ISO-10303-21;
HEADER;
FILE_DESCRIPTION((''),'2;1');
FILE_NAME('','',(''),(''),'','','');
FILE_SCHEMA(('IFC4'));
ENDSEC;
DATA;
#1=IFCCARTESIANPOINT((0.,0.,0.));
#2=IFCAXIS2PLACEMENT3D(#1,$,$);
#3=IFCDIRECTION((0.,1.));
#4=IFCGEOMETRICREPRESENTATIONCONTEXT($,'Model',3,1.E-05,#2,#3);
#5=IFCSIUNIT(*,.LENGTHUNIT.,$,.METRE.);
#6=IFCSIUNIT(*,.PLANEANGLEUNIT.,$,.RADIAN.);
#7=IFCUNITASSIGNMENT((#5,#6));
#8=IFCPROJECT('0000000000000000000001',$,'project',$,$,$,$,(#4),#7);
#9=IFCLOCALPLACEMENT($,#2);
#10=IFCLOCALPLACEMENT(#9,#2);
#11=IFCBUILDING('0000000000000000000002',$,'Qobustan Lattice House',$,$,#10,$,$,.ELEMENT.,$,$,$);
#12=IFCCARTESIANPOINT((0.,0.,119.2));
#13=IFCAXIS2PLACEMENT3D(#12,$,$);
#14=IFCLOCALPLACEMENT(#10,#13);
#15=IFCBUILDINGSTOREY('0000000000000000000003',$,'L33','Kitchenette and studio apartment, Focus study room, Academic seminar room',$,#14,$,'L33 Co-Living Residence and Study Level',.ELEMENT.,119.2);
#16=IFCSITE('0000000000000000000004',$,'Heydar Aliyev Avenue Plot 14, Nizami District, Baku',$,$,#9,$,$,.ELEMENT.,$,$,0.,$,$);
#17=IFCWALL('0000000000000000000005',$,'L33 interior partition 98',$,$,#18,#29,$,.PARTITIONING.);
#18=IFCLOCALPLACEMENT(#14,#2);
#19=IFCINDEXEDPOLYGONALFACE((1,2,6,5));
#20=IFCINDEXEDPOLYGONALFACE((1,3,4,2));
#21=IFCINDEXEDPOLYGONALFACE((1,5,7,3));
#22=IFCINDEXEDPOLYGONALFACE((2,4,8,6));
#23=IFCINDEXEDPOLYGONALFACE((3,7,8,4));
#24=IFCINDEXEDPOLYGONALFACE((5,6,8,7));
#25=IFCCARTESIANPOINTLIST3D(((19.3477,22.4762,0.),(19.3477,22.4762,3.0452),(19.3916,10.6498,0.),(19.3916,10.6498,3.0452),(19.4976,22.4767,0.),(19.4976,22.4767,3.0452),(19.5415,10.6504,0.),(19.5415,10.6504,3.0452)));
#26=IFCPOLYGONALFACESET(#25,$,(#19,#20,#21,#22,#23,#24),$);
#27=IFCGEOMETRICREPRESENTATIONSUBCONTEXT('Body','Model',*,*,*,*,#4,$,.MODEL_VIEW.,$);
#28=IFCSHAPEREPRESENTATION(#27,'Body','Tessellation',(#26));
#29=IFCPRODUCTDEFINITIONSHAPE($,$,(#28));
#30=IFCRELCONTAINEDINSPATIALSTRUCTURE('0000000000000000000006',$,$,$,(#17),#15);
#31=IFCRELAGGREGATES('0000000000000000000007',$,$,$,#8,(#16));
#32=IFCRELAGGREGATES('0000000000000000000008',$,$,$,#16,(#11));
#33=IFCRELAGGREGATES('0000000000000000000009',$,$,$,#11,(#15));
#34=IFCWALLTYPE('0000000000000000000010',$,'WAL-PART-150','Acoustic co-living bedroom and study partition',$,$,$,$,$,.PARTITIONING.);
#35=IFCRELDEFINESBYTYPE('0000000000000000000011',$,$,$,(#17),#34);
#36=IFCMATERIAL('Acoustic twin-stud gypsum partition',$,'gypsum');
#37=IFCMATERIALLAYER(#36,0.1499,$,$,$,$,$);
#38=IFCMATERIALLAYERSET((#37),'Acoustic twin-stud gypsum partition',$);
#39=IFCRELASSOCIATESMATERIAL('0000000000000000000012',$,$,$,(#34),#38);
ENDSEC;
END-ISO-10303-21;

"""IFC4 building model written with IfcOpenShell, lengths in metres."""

from ifc_helpers import new_model, si_unit, direction, frame, frame_2d, origin, place, context, subcontext, project, spatial, rectangle, extrude, material, layer, layer_set, type_object, element, save


model = new_model("IFC4")

# Units and contexts
model_context = context("Model", 3, precision=1e-05, world=origin(), true_north=direction((0.0, 1.0)))
body_context = subcontext(model_context, "Body", "Model", "MODEL_VIEW")
ifc_project = project(units=[si_unit("LENGTHUNIT", "METRE"), si_unit("PLANEANGLEUNIT", "RADIAN")], contexts=[model_context])

# Site, building, storey
site_placement = place(None, origin())
site = spatial("IfcSite", under=ifc_project, at=site_placement, Name="Heydar Aliyev Avenue Plot 14, Nizami District, Baku", CompositionType="ELEMENT", RefElevation=0.0)
building_placement = place(site_placement, origin())
building = spatial("IfcBuilding", under=site, at=building_placement, Name="Qobustan Lattice House", CompositionType="ELEMENT")
storey_placement = place(building_placement, frame((0.0, 0.0, 119.2)))
storey = spatial("IfcBuildingStorey", under=building, at=storey_placement, Name="L33", Description="Kitchenette and studio apartment, Focus study room, Academic seminar room", LongName="L33 Co-Living Residence and Study Level", CompositionType="ELEMENT", Elevation=119.2)

# Wall
ifc_material_1 = material(Name="Acoustic twin-stud gypsum partition", Category="gypsum")
ifc_layer_1 = layer(ifc_material_1, 0.1499)
ifc_layer_set_1 = layer_set([ifc_layer_1], Name="Acoustic twin-stud gypsum partition")
wall_type_1 = type_object("IfcWallType", Name="WAL-PART-150", Description="Acoustic co-living bedroom and study partition", PredefinedType="PARTITIONING", material=ifc_layer_set_1)
wall_1_placement = place(storey_placement, frame((19.4226, 22.4763, 0.0), z_axis=(0.0, 0.0, 1.0), x_axis=(0.003716, -0.999993, 0.0)))
element("IfcWall", 1, at=wall_1_placement, inside=storey, type_object=wall_type_1, Name="L33 interior partition 98", PredefinedType="PARTITIONING", context=body_context, shape_type="SweptSolid", body=[
    extrude(rectangle(XDim=11.8264, YDim=0.1499, at=frame_2d((5.9131, 0.0))), origin(), (0.0, 0.0, 1.0), 3.0452),
])

save(model, "model.ifc")
